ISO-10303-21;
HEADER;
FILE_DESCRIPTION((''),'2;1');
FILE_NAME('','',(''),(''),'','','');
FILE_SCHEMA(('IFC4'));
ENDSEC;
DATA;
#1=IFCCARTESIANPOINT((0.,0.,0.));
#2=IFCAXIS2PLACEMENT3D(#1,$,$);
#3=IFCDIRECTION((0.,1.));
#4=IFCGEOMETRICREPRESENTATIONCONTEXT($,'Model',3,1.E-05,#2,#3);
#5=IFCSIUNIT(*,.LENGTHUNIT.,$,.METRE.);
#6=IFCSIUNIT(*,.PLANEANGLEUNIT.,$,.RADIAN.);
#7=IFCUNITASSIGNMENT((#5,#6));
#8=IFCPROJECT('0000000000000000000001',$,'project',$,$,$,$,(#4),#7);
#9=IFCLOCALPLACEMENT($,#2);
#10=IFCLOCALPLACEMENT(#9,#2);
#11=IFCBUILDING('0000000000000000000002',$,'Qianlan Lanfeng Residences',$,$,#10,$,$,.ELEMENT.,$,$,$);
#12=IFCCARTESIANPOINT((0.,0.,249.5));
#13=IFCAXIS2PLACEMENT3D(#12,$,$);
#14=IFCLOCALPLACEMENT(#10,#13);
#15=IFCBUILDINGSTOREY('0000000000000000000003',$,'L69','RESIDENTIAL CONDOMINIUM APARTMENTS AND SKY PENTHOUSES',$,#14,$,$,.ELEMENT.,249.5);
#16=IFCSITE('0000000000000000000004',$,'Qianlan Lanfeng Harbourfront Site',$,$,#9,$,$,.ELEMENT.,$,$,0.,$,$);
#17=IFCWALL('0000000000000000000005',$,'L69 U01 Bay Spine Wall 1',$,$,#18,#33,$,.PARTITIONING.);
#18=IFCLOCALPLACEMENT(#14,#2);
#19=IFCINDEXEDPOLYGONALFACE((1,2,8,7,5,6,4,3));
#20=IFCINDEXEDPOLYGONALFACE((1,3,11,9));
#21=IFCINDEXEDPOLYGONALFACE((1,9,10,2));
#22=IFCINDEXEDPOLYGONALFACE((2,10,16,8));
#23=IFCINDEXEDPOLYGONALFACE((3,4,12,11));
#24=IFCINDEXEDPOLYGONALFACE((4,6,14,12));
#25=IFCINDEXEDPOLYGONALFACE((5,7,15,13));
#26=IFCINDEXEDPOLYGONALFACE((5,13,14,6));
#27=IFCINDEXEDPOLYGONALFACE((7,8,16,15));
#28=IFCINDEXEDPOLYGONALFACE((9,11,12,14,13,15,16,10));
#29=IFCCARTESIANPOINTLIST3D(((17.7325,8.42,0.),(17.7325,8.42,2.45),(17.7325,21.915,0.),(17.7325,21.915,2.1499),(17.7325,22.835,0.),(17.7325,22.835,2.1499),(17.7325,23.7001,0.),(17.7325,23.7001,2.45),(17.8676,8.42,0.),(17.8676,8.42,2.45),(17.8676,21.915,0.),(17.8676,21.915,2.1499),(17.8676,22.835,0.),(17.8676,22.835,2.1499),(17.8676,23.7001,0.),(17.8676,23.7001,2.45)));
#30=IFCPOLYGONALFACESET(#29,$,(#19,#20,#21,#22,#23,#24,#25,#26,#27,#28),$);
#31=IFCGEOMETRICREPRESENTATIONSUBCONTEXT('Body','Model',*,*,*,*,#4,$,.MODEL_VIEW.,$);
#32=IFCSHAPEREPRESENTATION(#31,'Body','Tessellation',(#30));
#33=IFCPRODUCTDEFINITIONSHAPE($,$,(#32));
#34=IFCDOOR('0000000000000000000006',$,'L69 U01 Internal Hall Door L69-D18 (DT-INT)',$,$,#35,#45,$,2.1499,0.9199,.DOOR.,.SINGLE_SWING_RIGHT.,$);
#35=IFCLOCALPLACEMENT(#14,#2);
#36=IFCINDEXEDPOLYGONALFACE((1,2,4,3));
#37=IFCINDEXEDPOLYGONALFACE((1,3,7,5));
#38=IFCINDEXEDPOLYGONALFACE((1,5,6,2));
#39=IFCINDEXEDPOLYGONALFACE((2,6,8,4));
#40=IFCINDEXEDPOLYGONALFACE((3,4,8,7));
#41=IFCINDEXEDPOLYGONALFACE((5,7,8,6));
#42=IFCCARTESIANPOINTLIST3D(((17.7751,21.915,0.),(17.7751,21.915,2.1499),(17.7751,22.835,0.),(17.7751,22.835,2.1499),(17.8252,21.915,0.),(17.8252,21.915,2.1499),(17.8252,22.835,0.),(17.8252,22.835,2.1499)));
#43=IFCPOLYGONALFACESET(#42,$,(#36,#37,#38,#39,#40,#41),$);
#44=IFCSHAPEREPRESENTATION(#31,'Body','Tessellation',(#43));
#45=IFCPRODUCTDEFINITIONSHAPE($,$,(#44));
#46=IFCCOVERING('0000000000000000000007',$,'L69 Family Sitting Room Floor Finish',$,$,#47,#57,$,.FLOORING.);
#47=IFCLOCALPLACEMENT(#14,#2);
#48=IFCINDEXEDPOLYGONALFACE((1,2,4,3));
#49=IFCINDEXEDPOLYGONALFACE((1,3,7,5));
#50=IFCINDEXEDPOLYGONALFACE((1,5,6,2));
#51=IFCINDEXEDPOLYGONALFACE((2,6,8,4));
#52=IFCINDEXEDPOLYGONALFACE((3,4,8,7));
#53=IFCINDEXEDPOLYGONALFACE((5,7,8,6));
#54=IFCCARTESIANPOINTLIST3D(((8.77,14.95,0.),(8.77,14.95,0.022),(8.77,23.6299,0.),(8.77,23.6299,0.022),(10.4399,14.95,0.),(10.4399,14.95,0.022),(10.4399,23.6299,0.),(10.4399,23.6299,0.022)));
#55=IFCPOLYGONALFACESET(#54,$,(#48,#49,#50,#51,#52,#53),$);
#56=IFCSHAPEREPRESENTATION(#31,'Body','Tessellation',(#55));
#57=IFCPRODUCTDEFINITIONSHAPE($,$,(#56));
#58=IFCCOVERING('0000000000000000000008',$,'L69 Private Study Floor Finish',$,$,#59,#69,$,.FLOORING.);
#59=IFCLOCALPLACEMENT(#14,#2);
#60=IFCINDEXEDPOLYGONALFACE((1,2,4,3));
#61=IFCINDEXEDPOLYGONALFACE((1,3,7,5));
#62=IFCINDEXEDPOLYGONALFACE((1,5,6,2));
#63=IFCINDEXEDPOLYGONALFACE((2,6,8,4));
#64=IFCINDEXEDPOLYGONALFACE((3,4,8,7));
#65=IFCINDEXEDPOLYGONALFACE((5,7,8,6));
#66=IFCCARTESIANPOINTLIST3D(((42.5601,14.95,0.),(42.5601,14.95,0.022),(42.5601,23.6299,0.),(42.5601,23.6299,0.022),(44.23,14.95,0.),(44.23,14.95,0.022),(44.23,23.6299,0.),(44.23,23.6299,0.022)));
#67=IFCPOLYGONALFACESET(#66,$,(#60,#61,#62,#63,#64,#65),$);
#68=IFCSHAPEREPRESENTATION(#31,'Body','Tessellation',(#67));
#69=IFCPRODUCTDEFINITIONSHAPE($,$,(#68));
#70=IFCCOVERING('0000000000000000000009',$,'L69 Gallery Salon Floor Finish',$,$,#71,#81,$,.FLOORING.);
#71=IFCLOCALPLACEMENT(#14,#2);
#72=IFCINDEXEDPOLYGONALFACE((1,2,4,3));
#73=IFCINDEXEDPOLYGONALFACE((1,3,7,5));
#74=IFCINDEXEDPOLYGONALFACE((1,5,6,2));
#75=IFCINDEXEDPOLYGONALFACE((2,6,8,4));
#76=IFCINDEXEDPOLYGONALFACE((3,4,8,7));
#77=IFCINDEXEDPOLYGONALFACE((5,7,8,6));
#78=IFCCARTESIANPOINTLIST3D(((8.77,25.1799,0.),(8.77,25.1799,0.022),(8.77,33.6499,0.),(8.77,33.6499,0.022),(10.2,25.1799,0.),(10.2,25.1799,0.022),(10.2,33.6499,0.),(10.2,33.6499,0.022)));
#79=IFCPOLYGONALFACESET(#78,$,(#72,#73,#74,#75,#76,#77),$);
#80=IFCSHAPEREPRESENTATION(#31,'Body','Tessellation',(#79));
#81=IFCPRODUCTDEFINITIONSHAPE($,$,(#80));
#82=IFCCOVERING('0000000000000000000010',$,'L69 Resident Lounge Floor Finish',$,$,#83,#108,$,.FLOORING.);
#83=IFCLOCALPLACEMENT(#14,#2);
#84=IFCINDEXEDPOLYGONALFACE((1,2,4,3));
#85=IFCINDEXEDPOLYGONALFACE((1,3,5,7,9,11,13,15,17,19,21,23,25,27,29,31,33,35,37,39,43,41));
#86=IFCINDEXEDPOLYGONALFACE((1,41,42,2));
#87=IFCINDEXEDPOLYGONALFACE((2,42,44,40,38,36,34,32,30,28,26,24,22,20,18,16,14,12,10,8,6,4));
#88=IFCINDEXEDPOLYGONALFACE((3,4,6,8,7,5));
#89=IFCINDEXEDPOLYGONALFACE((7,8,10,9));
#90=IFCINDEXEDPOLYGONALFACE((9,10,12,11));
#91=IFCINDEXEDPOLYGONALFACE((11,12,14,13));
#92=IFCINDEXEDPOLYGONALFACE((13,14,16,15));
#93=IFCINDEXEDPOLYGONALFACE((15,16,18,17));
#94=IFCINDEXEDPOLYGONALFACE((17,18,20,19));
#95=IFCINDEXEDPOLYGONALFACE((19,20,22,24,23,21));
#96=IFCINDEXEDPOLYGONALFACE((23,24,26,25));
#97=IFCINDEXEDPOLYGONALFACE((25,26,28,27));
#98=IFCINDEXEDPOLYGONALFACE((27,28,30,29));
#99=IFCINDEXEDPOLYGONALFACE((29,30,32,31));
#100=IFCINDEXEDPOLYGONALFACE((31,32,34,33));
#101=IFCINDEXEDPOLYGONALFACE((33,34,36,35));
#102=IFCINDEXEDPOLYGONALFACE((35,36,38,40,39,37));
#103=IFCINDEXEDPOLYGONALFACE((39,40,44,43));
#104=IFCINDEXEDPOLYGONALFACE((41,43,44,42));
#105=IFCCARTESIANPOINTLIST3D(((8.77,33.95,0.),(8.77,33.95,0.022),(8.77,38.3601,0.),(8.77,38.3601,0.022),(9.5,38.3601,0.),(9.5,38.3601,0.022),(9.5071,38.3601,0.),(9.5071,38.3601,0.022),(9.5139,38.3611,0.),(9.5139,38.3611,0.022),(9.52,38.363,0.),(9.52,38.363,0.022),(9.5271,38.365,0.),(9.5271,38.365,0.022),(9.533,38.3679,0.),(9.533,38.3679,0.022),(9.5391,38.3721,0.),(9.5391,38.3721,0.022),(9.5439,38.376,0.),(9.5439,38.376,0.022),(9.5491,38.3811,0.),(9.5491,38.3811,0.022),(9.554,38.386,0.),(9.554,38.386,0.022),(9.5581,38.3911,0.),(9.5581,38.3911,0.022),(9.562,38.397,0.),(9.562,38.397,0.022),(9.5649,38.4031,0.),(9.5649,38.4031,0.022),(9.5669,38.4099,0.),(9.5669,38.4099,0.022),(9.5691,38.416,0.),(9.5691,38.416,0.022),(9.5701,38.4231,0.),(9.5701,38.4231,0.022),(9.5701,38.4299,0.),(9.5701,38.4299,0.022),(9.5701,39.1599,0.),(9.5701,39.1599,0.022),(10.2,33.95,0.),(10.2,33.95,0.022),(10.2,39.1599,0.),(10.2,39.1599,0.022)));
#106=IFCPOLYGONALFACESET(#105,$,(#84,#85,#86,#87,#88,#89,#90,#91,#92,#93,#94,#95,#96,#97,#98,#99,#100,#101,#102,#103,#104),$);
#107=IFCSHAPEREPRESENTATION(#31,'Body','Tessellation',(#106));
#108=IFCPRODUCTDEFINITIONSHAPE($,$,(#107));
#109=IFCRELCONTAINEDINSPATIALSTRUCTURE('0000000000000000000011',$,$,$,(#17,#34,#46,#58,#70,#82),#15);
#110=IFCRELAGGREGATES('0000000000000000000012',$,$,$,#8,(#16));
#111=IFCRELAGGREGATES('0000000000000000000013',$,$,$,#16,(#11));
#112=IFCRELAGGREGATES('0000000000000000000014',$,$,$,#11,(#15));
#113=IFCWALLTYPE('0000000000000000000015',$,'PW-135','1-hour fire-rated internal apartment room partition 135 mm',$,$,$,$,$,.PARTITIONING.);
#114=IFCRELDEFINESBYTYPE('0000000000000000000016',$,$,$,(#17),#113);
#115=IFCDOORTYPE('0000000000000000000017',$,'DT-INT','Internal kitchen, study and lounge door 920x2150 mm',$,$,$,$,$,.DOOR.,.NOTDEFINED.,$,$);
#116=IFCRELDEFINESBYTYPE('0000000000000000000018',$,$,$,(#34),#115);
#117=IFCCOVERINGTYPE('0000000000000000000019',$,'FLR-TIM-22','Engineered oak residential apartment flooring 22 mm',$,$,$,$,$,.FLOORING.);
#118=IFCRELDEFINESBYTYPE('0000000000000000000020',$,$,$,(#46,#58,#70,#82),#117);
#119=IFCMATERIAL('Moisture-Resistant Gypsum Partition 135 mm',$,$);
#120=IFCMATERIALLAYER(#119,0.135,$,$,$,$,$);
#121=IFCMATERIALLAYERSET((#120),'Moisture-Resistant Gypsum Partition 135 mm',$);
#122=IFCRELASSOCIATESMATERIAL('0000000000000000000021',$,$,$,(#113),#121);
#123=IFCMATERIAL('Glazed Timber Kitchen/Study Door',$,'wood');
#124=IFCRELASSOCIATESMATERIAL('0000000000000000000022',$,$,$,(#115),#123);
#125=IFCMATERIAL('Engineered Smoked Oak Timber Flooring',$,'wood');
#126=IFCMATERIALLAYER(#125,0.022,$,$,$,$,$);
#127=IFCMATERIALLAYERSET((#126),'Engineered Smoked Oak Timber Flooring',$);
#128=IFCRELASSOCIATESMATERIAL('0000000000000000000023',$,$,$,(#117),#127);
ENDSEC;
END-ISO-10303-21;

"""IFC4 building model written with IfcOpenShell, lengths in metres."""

from ifc_helpers import new_model, si_unit, direction, frame, frame_2d, origin, place, context, subcontext, project, spatial, polyline, rectangle, outline, extrude, material, layer, layer_set, type_object, element, fill, save


model = new_model("IFC4")

# Units and contexts
model_context = context("Model", 3, precision=1e-05, world=origin(), true_north=direction((0.0, 1.0)))
body_context = subcontext(model_context, "Body", "Model", "MODEL_VIEW")
ifc_project = project(units=[si_unit("LENGTHUNIT", "METRE"), si_unit("PLANEANGLEUNIT", "RADIAN")], contexts=[model_context])

# Site, building, storey
site_placement = place(None, origin())
site = spatial("IfcSite", under=ifc_project, at=site_placement, Name="Qianlan Lanfeng Harbourfront Site", CompositionType="ELEMENT", RefElevation=0.0)
building_placement = place(site_placement, origin())
building = spatial("IfcBuilding", under=site, at=building_placement, Name="Qianlan Lanfeng Residences", CompositionType="ELEMENT")
storey_placement = place(building_placement, frame((0.0, 0.0, 249.5)))
storey = spatial("IfcBuildingStorey", under=building, at=storey_placement, Name="L69", Description="RESIDENTIAL CONDOMINIUM APARTMENTS AND SKY PENTHOUSES", CompositionType="ELEMENT", Elevation=249.5)

# Wall, opening, door
ifc_material_1 = material(Name="Moisture-Resistant Gypsum Partition 135 mm")
ifc_layer_1 = layer(ifc_material_1, 0.135)
ifc_layer_set_1 = layer_set([ifc_layer_1], Name="Moisture-Resistant Gypsum Partition 135 mm")
wall_type_1 = type_object("IfcWallType", Name="PW-135", Description="1-hour fire-rated internal apartment room partition 135 mm", PredefinedType="PARTITIONING", material=ifc_layer_set_1)
wall_1_placement = place(storey_placement, frame((17.8, 8.4199, 0.0), z_axis=(0.0, 0.0, 1.0), x_axis=(0.0, 1.0, 0.0)))
wall_1 = element("IfcWall", 1, at=wall_1_placement, inside=storey, type_object=wall_type_1, Name="L69 U01 Bay Spine Wall 1", PredefinedType="PARTITIONING", context=body_context, shape_type="SweptSolid", body=[
    extrude(rectangle(XDim=15.28, YDim=0.135, at=frame_2d((7.6401, 0.0))), origin(), (0.0, 0.0, 1.0), 2.45),
])
opening_1_placement = place(wall_1_placement, frame((13.4951, 0.0, 0.0)))
opening_1 = element("IfcOpeningElement", 2, at=opening_1_placement, cuts=wall_1, PredefinedType="OPENING", context=body_context, shape_type="SweptSolid", body=[
    extrude(rectangle(XDim=0.9199, YDim=2.1499, at=frame_2d((0.46, 1.075))), frame((0.0, 0.0776, 0.0), z_axis=(0.0, -1.0, 0.0), x_axis=(1.0, 0.0, 0.0)), (0.0, 0.0, 1.0), 0.155),
])
ifc_material_2 = material(Name="Glazed Timber Kitchen/Study Door", Category="wood")
door_type_1 = type_object("IfcDoorType", Name="DT-INT", Description="Internal kitchen, study and lounge door 920x2150 mm", OperationType="NOTDEFINED", PredefinedType="DOOR", material=ifc_material_2)
door_1_placement = place(opening_1_placement, origin())
door_1 = element("IfcDoor", 3, at=door_1_placement, inside=storey, type_object=door_type_1, Name="L69 U01 Internal Hall Door L69-D18 (DT-INT)", OperationType="SINGLE_SWING_RIGHT", OverallHeight=2.1499, OverallWidth=0.9199, PredefinedType="DOOR", context=body_context, shape_type="SweptSolid", body=[
    extrude(rectangle(XDim=0.9199, YDim=2.1499, at=frame_2d((0.46, 1.075))), frame((0.0, 0.0249, 0.0), z_axis=(0.0, -1.0, 0.0), x_axis=(1.0, 0.0, 0.0)), (0.0, 0.0, 1.0), 0.05),
])
fill(opening_1, door_1)

# Coverings
ifc_material_3 = material(Name="Engineered Smoked Oak Timber Flooring", Category="wood")
ifc_layer_2 = layer(ifc_material_3, 0.022)
ifc_layer_set_2 = layer_set([ifc_layer_2], Name="Engineered Smoked Oak Timber Flooring")
covering_type = type_object("IfcCoveringType", Name="FLR-TIM-22", Description="Engineered oak residential apartment flooring 22 mm", PredefinedType="FLOORING", material=ifc_layer_set_2)
covering_1_placement = place(storey_placement, origin())
element("IfcCovering", 4, at=covering_1_placement, inside=storey, type_object=covering_type, Name="L69 Family Sitting Room Floor Finish", PredefinedType="FLOORING", context=body_context, shape_type="SweptSolid", body=[
    extrude(outline(polyline([(10.4399, 23.6299), (8.77, 23.6299), (8.77, 14.95), (10.4399, 14.95), (10.4399, 23.6299)])), origin(), (0.0, 0.0, 1.0), 0.022),
])
covering_2_placement = place(storey_placement, origin())
element("IfcCovering", 5, at=covering_2_placement, inside=storey, type_object=covering_type, Name="L69 Private Study Floor Finish", PredefinedType="FLOORING", context=body_context, shape_type="SweptSolid", body=[
    extrude(outline(polyline([(44.23, 23.6299), (42.5601, 23.6299), (42.5601, 14.95), (44.23, 14.95), (44.23, 23.6299)])), origin(), (0.0, 0.0, 1.0), 0.022),
])
covering_3_placement = place(storey_placement, origin())
element("IfcCovering", 6, at=covering_3_placement, inside=storey, type_object=covering_type, Name="L69 Gallery Salon Floor Finish", PredefinedType="FLOORING", context=body_context, shape_type="SweptSolid", body=[
    extrude(outline(polyline([(10.2, 33.6499), (8.77, 33.6499), (8.77, 25.1799), (10.2, 25.1799), (10.2, 33.6499)])), origin(), (0.0, 0.0, 1.0), 0.022),
])
covering_4_placement = place(storey_placement, origin())
element("IfcCovering", 7, at=covering_4_placement, inside=storey, type_object=covering_type, Name="L69 Resident Lounge Floor Finish", PredefinedType="FLOORING", context=body_context, shape_type="SweptSolid", body=[
    extrude(outline(polyline([(8.77, 33.95), (10.2, 33.95), (10.2, 39.1599), (9.5701, 39.1599), (9.5701, 38.4299), (9.5701, 38.4231), (9.5691, 38.416), (9.5669, 38.4099), (9.5649, 38.4031), (9.562, 38.397), (9.5581, 38.3911), (9.554, 38.386), (9.5491, 38.3811), (9.5439, 38.376), (9.5391, 38.3721), (9.533, 38.3679), (9.5271, 38.365), (9.52, 38.363), (9.5139, 38.3611), (9.5071, 38.3601), (9.5, 38.3601), (8.77, 38.3601), (8.77, 33.95)])), origin(), (0.0, 0.0, 1.0), 0.022),
])

save(model, "model.ifc")
